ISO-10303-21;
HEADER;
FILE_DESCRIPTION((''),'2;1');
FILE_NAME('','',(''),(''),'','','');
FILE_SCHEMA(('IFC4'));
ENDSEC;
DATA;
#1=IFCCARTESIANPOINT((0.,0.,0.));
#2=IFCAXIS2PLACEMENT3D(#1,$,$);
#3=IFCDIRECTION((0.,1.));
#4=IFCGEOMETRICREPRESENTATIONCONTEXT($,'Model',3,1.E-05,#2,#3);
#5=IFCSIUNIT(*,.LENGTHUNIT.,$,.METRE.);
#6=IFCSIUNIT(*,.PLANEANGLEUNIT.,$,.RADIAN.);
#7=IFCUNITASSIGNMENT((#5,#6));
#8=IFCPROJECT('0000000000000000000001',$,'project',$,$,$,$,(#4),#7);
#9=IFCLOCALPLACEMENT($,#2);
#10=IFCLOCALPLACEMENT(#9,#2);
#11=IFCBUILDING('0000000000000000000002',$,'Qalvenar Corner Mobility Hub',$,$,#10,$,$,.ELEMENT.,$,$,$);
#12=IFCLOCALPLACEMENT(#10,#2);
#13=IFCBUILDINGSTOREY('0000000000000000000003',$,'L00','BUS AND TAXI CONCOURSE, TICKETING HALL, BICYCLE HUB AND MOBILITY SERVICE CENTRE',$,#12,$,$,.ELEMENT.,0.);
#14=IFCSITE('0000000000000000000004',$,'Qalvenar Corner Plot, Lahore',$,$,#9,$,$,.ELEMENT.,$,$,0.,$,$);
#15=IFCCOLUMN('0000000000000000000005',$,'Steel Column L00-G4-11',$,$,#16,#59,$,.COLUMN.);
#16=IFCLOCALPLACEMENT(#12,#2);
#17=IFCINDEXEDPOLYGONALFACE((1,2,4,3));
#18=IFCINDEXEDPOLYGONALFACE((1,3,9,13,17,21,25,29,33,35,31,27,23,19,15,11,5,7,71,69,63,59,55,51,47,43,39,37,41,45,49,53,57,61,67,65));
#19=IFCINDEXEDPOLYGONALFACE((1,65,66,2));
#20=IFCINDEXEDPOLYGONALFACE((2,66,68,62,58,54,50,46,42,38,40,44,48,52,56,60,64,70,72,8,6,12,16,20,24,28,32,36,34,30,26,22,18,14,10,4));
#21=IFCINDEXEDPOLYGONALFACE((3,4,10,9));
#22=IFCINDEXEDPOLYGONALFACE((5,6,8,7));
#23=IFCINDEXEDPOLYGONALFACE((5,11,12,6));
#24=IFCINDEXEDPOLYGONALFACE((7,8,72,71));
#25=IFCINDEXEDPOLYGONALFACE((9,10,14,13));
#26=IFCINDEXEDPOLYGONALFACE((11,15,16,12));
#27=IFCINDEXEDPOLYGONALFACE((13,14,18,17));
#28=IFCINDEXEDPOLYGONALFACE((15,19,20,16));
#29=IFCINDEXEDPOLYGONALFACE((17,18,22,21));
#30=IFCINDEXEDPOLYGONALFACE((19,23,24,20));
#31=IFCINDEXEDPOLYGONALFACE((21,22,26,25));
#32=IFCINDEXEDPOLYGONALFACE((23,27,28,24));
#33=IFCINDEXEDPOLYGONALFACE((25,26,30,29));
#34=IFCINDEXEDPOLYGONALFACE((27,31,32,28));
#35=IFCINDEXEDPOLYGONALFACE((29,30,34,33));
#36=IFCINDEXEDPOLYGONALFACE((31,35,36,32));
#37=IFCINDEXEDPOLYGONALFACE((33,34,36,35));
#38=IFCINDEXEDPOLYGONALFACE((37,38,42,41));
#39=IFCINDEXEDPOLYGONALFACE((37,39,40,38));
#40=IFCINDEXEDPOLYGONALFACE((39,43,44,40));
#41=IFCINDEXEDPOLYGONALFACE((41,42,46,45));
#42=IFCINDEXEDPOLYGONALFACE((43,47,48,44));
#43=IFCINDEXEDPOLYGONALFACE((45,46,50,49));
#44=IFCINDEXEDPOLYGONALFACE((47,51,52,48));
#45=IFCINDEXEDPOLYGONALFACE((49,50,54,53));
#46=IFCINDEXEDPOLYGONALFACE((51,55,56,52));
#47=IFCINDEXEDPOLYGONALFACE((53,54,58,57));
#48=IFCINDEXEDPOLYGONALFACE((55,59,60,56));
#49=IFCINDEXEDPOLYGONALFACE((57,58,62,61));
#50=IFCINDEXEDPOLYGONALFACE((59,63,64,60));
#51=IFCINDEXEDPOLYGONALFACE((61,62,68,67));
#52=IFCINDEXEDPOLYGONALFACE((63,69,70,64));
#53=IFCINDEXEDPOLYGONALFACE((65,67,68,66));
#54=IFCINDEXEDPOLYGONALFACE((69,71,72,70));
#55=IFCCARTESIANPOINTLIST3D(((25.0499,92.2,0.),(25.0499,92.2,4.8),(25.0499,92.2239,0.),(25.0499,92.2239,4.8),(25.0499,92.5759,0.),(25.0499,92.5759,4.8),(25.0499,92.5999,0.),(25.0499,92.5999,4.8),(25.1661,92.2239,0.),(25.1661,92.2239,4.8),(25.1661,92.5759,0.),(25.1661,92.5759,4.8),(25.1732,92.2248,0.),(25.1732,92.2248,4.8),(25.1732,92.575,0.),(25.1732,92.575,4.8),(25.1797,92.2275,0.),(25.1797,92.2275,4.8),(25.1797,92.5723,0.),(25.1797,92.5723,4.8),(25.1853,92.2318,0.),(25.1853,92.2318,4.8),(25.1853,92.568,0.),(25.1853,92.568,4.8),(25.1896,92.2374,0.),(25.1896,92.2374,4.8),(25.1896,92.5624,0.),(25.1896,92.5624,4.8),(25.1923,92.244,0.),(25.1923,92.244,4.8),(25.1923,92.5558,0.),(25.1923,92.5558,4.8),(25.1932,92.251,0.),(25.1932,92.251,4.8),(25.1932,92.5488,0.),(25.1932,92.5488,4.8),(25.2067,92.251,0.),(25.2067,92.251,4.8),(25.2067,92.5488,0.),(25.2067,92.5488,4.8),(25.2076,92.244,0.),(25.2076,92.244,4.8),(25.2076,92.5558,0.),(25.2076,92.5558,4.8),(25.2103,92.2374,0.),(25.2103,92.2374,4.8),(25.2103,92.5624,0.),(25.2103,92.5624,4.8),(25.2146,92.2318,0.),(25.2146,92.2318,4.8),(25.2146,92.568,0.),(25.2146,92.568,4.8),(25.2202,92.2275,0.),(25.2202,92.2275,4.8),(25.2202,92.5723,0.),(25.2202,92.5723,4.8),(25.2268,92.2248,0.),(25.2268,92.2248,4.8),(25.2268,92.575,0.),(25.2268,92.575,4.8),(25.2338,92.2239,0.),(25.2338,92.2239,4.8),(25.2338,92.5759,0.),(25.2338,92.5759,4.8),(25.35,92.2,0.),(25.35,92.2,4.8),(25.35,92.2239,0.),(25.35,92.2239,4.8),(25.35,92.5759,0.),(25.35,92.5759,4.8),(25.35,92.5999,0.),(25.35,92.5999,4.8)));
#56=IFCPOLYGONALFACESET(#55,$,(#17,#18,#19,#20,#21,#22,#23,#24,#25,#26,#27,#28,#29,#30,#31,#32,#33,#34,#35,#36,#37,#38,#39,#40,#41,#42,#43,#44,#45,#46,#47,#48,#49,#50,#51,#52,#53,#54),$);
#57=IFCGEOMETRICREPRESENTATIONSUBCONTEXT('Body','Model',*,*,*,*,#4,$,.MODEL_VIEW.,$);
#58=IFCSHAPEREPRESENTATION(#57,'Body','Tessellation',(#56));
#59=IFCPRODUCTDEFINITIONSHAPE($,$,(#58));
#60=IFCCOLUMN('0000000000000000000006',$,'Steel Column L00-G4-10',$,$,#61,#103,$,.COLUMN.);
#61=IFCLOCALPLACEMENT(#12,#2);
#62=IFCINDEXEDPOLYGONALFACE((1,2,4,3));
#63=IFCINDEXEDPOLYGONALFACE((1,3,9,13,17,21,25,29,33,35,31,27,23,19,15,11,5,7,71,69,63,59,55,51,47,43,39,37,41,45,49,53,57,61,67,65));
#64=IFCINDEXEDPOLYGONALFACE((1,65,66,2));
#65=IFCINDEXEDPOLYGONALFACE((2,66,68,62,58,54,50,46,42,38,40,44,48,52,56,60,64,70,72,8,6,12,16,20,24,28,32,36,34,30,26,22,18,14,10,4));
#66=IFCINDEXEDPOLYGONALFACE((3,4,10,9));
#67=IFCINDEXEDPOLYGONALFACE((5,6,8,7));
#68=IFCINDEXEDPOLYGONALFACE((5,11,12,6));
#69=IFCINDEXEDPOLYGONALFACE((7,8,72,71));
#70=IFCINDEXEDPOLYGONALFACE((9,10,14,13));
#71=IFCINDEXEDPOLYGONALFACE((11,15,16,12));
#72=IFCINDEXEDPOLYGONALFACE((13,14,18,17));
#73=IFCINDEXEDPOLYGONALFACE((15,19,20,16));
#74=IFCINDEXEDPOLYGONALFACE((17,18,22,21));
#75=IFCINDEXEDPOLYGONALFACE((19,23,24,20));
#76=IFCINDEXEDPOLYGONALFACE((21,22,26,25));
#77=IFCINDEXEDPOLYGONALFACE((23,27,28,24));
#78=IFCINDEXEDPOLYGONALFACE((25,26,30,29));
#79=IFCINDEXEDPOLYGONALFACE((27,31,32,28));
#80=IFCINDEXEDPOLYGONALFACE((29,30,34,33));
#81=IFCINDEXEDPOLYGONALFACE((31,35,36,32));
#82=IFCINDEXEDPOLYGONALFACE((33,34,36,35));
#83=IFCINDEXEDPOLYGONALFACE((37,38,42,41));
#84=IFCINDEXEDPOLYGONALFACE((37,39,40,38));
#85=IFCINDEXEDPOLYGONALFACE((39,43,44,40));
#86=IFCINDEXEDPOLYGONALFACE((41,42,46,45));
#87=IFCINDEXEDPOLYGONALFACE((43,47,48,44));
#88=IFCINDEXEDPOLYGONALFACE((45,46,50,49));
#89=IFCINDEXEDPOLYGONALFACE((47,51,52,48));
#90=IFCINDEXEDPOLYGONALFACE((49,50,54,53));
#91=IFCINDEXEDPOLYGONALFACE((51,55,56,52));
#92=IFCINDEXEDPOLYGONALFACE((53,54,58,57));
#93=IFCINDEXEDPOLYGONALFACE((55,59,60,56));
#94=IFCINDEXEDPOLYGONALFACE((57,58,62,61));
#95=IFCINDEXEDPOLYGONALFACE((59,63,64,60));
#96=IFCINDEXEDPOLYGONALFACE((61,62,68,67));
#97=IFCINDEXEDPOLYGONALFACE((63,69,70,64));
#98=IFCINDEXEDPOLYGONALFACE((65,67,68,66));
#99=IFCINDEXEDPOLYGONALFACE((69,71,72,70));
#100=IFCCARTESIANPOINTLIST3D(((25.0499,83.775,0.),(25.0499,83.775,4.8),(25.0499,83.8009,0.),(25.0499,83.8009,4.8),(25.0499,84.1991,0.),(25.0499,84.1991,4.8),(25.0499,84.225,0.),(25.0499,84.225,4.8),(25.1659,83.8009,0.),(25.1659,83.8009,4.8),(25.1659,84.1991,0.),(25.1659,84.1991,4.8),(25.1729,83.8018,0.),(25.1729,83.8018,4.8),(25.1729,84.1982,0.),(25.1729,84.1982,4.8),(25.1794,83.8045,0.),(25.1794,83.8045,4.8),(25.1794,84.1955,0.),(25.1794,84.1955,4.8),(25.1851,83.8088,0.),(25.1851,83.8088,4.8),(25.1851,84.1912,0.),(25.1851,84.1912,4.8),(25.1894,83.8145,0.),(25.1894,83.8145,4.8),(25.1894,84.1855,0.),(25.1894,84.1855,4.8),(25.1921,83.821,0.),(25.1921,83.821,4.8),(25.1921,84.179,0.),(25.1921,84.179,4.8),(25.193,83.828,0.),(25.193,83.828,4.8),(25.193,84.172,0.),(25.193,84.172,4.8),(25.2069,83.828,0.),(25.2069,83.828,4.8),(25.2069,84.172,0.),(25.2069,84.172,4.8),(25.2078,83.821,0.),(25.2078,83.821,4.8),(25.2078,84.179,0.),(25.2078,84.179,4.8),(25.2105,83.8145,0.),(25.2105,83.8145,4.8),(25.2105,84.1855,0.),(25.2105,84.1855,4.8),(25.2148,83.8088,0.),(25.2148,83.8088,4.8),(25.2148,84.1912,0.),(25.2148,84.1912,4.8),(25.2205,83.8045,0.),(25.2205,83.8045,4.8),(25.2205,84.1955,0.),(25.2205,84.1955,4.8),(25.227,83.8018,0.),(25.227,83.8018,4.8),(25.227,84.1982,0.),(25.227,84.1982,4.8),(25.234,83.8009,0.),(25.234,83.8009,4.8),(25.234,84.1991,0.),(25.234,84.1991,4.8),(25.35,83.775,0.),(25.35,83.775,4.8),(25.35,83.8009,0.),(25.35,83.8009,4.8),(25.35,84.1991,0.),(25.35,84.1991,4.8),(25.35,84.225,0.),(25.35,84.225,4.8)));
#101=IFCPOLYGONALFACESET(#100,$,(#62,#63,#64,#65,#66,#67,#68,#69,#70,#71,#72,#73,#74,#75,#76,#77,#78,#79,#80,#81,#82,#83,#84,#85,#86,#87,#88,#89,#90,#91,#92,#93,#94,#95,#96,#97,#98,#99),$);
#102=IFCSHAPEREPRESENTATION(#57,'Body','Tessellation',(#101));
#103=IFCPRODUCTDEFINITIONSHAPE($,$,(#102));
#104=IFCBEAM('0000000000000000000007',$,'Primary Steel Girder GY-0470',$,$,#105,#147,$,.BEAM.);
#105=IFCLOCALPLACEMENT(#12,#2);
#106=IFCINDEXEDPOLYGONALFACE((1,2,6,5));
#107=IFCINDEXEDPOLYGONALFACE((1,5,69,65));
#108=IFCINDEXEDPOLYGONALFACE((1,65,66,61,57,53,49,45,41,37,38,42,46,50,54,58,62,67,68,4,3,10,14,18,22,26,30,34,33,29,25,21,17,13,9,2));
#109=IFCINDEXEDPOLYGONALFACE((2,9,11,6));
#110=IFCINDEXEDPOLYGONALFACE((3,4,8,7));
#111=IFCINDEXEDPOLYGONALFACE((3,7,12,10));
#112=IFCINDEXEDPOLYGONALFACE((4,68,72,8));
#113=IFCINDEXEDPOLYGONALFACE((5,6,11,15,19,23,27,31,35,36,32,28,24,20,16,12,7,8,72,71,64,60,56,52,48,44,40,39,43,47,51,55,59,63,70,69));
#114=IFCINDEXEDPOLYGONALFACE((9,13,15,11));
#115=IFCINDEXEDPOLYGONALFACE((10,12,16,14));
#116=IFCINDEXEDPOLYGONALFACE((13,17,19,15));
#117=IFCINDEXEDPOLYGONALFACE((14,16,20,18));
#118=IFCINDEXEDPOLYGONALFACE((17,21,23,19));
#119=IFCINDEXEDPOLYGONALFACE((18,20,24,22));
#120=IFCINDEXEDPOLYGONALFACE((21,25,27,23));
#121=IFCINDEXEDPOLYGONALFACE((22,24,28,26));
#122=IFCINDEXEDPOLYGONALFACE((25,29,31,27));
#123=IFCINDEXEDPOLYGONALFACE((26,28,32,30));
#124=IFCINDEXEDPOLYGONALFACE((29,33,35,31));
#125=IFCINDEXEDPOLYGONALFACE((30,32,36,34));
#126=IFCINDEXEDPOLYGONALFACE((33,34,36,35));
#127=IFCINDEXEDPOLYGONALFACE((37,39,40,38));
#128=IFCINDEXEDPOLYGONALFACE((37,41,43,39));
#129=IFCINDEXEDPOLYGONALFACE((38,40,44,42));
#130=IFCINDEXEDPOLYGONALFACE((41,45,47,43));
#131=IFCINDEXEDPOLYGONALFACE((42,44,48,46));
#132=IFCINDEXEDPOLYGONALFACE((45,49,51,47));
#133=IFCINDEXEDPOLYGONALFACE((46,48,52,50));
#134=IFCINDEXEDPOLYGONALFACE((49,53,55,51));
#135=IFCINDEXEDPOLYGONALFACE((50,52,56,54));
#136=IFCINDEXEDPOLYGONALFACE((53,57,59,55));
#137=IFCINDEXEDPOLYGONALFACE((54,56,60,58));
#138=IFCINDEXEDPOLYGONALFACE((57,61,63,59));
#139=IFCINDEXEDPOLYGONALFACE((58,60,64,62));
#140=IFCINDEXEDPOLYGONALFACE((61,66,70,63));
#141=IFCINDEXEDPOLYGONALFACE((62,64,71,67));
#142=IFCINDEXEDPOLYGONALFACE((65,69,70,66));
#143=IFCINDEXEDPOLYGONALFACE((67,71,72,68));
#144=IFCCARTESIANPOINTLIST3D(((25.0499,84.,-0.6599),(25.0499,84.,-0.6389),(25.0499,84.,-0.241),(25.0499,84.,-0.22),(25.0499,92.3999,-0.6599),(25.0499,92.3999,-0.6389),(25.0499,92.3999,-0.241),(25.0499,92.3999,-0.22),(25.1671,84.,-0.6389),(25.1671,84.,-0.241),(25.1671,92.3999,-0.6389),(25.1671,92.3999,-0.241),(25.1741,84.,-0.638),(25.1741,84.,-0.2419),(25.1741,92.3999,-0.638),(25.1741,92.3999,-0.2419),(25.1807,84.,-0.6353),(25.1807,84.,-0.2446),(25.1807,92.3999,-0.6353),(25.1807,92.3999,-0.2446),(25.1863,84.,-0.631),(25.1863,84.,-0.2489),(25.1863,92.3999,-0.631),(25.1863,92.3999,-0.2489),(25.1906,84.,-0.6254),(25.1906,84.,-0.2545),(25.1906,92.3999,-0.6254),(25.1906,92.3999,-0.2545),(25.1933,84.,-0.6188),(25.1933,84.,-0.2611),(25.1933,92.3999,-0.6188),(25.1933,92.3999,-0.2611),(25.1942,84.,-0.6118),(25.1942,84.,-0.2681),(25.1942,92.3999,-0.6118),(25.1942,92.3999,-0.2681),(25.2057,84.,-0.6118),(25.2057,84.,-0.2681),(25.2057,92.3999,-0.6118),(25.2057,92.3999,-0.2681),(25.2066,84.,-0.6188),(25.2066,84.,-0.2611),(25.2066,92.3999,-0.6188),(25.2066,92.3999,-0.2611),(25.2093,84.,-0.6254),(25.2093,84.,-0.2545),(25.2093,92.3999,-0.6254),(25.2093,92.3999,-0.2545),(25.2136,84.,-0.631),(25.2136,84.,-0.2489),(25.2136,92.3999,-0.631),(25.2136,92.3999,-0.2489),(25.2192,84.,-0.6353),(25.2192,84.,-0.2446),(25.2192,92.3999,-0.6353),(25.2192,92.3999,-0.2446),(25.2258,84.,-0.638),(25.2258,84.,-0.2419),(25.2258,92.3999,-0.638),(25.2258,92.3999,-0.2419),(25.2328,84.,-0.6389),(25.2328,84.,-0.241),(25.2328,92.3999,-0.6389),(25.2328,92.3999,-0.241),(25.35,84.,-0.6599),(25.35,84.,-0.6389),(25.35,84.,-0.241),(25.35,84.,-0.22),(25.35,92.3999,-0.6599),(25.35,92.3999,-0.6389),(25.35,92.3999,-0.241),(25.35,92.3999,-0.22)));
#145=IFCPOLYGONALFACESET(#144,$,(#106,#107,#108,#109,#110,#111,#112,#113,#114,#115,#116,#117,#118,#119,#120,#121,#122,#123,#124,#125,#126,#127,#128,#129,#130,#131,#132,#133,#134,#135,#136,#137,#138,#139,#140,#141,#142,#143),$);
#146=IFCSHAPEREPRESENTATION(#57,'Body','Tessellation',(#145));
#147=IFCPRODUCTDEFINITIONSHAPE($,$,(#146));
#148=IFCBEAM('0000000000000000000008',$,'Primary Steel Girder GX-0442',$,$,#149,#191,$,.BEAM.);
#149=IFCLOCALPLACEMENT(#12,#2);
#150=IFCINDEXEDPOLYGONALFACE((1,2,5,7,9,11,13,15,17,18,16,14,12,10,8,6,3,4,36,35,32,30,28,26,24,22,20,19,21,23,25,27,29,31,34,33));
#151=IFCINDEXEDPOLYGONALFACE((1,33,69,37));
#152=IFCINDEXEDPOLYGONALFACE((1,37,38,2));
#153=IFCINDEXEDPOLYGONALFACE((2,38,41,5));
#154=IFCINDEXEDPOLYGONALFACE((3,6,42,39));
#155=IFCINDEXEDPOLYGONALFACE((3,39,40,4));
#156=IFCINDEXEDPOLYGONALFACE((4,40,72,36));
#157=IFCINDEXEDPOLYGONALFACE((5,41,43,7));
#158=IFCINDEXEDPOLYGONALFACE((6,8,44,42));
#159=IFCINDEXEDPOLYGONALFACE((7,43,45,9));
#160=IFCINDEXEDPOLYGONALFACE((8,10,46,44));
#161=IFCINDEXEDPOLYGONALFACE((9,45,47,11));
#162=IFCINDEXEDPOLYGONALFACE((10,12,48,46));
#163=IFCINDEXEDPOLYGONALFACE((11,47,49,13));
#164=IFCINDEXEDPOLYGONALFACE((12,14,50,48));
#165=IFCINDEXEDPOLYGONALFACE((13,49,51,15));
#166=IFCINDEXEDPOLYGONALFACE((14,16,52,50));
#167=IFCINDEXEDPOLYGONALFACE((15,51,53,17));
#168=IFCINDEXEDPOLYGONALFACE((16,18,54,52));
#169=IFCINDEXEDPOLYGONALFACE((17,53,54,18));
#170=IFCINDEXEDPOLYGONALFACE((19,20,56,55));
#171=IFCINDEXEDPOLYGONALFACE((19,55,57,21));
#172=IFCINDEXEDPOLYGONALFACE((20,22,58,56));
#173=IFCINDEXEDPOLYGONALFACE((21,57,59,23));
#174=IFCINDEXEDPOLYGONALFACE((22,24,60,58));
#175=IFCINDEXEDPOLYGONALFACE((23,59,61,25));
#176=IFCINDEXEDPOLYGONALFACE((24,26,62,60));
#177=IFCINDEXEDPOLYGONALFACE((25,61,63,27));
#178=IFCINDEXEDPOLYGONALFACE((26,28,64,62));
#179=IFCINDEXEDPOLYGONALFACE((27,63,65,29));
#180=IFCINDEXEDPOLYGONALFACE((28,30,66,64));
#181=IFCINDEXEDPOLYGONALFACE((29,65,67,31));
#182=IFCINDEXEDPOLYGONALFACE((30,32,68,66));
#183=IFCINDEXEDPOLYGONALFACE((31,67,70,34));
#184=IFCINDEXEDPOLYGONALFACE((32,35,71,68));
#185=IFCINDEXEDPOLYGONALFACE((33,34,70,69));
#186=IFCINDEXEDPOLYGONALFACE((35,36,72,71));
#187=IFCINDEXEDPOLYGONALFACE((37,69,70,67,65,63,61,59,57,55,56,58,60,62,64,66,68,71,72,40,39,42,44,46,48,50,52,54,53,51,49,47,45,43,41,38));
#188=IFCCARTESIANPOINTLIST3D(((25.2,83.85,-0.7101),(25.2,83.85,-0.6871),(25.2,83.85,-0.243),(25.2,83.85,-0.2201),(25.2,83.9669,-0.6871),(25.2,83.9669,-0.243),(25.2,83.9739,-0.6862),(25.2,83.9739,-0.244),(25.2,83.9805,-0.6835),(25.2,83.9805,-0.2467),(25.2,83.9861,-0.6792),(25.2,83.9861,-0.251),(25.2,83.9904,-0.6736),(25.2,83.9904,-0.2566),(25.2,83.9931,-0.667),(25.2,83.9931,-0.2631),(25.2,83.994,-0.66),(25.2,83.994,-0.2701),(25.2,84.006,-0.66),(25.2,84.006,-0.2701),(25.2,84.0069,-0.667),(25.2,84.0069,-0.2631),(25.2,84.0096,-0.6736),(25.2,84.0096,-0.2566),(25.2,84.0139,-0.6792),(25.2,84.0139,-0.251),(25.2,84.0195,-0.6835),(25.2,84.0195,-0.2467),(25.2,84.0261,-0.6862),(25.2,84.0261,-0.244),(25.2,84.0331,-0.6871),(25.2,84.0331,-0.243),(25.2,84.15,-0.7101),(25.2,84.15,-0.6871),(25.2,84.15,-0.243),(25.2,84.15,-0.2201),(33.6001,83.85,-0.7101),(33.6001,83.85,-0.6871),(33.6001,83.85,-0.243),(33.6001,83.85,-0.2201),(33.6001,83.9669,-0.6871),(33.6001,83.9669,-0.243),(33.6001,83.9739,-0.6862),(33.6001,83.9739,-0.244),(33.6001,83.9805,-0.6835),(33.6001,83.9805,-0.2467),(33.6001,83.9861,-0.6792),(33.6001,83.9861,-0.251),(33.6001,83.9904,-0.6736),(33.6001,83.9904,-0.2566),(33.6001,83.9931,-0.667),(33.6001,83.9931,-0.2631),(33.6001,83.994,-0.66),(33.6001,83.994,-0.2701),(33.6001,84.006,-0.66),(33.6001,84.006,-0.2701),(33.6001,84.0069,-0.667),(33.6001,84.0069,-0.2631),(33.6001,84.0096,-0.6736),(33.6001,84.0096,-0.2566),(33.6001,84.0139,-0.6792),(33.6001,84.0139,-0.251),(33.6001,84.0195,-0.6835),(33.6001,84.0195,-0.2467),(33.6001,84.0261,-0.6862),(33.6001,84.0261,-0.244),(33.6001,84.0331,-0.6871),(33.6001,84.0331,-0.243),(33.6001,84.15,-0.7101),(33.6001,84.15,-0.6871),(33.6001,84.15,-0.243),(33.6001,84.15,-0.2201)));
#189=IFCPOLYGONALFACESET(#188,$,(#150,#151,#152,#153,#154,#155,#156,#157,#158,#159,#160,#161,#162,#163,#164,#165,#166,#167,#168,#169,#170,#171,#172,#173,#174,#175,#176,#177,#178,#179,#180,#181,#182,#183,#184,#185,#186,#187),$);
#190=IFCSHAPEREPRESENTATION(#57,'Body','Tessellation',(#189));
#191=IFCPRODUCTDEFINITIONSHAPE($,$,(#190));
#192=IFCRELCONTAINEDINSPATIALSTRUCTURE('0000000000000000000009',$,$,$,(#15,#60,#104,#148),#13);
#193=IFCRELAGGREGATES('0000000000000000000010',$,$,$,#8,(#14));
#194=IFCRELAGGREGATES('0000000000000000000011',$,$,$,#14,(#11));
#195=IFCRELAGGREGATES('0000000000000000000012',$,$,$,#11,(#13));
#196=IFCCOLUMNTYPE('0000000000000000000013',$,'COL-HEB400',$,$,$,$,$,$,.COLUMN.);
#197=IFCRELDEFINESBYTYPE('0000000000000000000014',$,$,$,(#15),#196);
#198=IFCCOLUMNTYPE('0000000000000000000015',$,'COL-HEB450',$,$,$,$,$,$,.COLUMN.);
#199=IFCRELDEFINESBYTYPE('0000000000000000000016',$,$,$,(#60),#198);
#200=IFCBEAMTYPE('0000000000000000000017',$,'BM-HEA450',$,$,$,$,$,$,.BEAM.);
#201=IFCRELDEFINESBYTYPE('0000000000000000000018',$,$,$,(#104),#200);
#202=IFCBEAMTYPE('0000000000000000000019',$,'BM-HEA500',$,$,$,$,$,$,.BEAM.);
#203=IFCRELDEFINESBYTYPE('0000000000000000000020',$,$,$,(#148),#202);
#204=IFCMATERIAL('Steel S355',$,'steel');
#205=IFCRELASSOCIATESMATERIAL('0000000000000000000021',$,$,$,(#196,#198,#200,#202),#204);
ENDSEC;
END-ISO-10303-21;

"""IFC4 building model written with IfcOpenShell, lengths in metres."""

from ifc_helpers import new_model, si_unit, direction, frame, origin, origin_2d, place, context, subcontext, project, spatial, i_section, extrude, material, material_profile, profile_set, type_object, element, save


model = new_model("IFC4")

# Units and contexts
model_context = context("Model", 3, precision=1e-05, world=origin(), true_north=direction((0.0, 1.0)))
body_context = subcontext(model_context, "Body", "Model", "MODEL_VIEW")
ifc_project = project(units=[si_unit("LENGTHUNIT", "METRE"), si_unit("PLANEANGLEUNIT", "RADIAN")], contexts=[model_context])

# Site, building, storey
site_placement = place(None, origin())
site = spatial("IfcSite", under=ifc_project, at=site_placement, Name="Qalvenar Corner Plot, Lahore", CompositionType="ELEMENT", RefElevation=0.0)
building_placement = place(site_placement, origin())
building = spatial("IfcBuilding", under=site, at=building_placement, Name="Qalvenar Corner Mobility Hub", CompositionType="ELEMENT")
storey_placement = place(building_placement, origin())
storey = spatial("IfcBuildingStorey", under=building, at=storey_placement, Name="L00", Description="BUS AND TAXI CONCOURSE, TICKETING HALL, BICYCLE HUB AND MOBILITY SERVICE CENTRE", CompositionType="ELEMENT", Elevation=0.0)

# Columns
ifc_material_1 = material(Name="Steel S355", Category="steel")
ifc_material_profile_1 = material_profile(ifc_material_1, i_section(OverallWidth=0.3, OverallDepth=0.3999, WebThickness=0.0134, FlangeThickness=0.0239, FilletRadius=0.0271, at=origin_2d()), Name="HEB400")
ifc_profile_set_1 = profile_set([ifc_material_profile_1], Name="Steel S355")
column_type_1 = type_object("IfcColumnType", Name="COL-HEB400", PredefinedType="COLUMN", material=ifc_profile_set_1)
column_1_placement = place(storey_placement, frame((25.2, 92.3999, 0.0), z_axis=(0.0, 0.0, 1.0), x_axis=(1.0, 0.0, 0.0)))
element("IfcColumn", 1, at=column_1_placement, inside=storey, type_object=column_type_1, Name="Steel Column L00-G4-11", PredefinedType="COLUMN", context=body_context, shape_type="SweptSolid", body=[
    extrude(i_section(OverallWidth=0.3, OverallDepth=0.3999, WebThickness=0.0134, FlangeThickness=0.0239, FilletRadius=0.0271, at=origin_2d()), origin(), (0.0, 0.0, 1.0), 4.8),
])
ifc_material_profile_2 = material_profile(ifc_material_1, i_section(OverallWidth=0.3, OverallDepth=0.45, WebThickness=0.0139, FlangeThickness=0.0259, FilletRadius=0.0271, at=origin_2d()), Name="HEB450")
ifc_profile_set_2 = profile_set([ifc_material_profile_2], Name="Steel S355")
column_type_2 = type_object("IfcColumnType", Name="COL-HEB450", PredefinedType="COLUMN", material=ifc_profile_set_2)
column_2_placement = place(storey_placement, frame((25.2, 84.0, 0.0), z_axis=(0.0, 0.0, 1.0), x_axis=(1.0, 0.0, 0.0)))
element("IfcColumn", 2, at=column_2_placement, inside=storey, type_object=column_type_2, Name="Steel Column L00-G4-10", PredefinedType="COLUMN", context=body_context, shape_type="SweptSolid", body=[
    extrude(i_section(OverallWidth=0.3, OverallDepth=0.45, WebThickness=0.0139, FlangeThickness=0.0259, FilletRadius=0.0271, at=origin_2d()), origin(), (0.0, 0.0, 1.0), 4.8),
])

# Beams
ifc_material_profile_3 = material_profile(ifc_material_1, i_section(OverallWidth=0.3, OverallDepth=0.4399, WebThickness=0.0115, FlangeThickness=0.021, FilletRadius=0.0271, at=origin_2d()), Name="HEA450")
ifc_profile_set_3 = profile_set([ifc_material_profile_3], Name="Steel S355")
beam_type_1 = type_object("IfcBeamType", Name="BM-HEA450", PredefinedType="BEAM", material=ifc_profile_set_3)
beam_1_placement = place(storey_placement, frame((25.2, 84.0, -0.4399), z_axis=(0.0, 1.0, 0.0), x_axis=(-1.0, 0.0, 0.0)))
element("IfcBeam", 3, at=beam_1_placement, inside=storey, type_object=beam_type_1, Name="Primary Steel Girder GY-0470", PredefinedType="BEAM", context=body_context, shape_type="SweptSolid", body=[
    extrude(i_section(OverallWidth=0.3, OverallDepth=0.4399, WebThickness=0.0115, FlangeThickness=0.021, FilletRadius=0.0271, at=origin_2d()), origin(), (0.0, 0.0, 1.0), 8.3999),
])
ifc_material_profile_4 = material_profile(ifc_material_1, i_section(OverallWidth=0.3, OverallDepth=0.49, WebThickness=0.012, FlangeThickness=0.0229, FilletRadius=0.0271, at=origin_2d()), Name="HEA500")
ifc_profile_set_4 = profile_set([ifc_material_profile_4], Name="Steel S355")
beam_type_2 = type_object("IfcBeamType", Name="BM-HEA500", PredefinedType="BEAM", material=ifc_profile_set_4)
beam_2_placement = place(storey_placement, frame((25.2, 84.0, -0.4651), z_axis=(1.0, 0.0, 0.0), x_axis=(0.0, 1.0, 0.0)))
element("IfcBeam", 4, at=beam_2_placement, inside=storey, type_object=beam_type_2, Name="Primary Steel Girder GX-0442", PredefinedType="BEAM", context=body_context, shape_type="SweptSolid", body=[
    extrude(i_section(OverallWidth=0.3, OverallDepth=0.49, WebThickness=0.012, FlangeThickness=0.0229, FilletRadius=0.0271, at=origin_2d()), origin(), (0.0, 0.0, 1.0), 8.4001),
])

save(model, "model.ifc")
